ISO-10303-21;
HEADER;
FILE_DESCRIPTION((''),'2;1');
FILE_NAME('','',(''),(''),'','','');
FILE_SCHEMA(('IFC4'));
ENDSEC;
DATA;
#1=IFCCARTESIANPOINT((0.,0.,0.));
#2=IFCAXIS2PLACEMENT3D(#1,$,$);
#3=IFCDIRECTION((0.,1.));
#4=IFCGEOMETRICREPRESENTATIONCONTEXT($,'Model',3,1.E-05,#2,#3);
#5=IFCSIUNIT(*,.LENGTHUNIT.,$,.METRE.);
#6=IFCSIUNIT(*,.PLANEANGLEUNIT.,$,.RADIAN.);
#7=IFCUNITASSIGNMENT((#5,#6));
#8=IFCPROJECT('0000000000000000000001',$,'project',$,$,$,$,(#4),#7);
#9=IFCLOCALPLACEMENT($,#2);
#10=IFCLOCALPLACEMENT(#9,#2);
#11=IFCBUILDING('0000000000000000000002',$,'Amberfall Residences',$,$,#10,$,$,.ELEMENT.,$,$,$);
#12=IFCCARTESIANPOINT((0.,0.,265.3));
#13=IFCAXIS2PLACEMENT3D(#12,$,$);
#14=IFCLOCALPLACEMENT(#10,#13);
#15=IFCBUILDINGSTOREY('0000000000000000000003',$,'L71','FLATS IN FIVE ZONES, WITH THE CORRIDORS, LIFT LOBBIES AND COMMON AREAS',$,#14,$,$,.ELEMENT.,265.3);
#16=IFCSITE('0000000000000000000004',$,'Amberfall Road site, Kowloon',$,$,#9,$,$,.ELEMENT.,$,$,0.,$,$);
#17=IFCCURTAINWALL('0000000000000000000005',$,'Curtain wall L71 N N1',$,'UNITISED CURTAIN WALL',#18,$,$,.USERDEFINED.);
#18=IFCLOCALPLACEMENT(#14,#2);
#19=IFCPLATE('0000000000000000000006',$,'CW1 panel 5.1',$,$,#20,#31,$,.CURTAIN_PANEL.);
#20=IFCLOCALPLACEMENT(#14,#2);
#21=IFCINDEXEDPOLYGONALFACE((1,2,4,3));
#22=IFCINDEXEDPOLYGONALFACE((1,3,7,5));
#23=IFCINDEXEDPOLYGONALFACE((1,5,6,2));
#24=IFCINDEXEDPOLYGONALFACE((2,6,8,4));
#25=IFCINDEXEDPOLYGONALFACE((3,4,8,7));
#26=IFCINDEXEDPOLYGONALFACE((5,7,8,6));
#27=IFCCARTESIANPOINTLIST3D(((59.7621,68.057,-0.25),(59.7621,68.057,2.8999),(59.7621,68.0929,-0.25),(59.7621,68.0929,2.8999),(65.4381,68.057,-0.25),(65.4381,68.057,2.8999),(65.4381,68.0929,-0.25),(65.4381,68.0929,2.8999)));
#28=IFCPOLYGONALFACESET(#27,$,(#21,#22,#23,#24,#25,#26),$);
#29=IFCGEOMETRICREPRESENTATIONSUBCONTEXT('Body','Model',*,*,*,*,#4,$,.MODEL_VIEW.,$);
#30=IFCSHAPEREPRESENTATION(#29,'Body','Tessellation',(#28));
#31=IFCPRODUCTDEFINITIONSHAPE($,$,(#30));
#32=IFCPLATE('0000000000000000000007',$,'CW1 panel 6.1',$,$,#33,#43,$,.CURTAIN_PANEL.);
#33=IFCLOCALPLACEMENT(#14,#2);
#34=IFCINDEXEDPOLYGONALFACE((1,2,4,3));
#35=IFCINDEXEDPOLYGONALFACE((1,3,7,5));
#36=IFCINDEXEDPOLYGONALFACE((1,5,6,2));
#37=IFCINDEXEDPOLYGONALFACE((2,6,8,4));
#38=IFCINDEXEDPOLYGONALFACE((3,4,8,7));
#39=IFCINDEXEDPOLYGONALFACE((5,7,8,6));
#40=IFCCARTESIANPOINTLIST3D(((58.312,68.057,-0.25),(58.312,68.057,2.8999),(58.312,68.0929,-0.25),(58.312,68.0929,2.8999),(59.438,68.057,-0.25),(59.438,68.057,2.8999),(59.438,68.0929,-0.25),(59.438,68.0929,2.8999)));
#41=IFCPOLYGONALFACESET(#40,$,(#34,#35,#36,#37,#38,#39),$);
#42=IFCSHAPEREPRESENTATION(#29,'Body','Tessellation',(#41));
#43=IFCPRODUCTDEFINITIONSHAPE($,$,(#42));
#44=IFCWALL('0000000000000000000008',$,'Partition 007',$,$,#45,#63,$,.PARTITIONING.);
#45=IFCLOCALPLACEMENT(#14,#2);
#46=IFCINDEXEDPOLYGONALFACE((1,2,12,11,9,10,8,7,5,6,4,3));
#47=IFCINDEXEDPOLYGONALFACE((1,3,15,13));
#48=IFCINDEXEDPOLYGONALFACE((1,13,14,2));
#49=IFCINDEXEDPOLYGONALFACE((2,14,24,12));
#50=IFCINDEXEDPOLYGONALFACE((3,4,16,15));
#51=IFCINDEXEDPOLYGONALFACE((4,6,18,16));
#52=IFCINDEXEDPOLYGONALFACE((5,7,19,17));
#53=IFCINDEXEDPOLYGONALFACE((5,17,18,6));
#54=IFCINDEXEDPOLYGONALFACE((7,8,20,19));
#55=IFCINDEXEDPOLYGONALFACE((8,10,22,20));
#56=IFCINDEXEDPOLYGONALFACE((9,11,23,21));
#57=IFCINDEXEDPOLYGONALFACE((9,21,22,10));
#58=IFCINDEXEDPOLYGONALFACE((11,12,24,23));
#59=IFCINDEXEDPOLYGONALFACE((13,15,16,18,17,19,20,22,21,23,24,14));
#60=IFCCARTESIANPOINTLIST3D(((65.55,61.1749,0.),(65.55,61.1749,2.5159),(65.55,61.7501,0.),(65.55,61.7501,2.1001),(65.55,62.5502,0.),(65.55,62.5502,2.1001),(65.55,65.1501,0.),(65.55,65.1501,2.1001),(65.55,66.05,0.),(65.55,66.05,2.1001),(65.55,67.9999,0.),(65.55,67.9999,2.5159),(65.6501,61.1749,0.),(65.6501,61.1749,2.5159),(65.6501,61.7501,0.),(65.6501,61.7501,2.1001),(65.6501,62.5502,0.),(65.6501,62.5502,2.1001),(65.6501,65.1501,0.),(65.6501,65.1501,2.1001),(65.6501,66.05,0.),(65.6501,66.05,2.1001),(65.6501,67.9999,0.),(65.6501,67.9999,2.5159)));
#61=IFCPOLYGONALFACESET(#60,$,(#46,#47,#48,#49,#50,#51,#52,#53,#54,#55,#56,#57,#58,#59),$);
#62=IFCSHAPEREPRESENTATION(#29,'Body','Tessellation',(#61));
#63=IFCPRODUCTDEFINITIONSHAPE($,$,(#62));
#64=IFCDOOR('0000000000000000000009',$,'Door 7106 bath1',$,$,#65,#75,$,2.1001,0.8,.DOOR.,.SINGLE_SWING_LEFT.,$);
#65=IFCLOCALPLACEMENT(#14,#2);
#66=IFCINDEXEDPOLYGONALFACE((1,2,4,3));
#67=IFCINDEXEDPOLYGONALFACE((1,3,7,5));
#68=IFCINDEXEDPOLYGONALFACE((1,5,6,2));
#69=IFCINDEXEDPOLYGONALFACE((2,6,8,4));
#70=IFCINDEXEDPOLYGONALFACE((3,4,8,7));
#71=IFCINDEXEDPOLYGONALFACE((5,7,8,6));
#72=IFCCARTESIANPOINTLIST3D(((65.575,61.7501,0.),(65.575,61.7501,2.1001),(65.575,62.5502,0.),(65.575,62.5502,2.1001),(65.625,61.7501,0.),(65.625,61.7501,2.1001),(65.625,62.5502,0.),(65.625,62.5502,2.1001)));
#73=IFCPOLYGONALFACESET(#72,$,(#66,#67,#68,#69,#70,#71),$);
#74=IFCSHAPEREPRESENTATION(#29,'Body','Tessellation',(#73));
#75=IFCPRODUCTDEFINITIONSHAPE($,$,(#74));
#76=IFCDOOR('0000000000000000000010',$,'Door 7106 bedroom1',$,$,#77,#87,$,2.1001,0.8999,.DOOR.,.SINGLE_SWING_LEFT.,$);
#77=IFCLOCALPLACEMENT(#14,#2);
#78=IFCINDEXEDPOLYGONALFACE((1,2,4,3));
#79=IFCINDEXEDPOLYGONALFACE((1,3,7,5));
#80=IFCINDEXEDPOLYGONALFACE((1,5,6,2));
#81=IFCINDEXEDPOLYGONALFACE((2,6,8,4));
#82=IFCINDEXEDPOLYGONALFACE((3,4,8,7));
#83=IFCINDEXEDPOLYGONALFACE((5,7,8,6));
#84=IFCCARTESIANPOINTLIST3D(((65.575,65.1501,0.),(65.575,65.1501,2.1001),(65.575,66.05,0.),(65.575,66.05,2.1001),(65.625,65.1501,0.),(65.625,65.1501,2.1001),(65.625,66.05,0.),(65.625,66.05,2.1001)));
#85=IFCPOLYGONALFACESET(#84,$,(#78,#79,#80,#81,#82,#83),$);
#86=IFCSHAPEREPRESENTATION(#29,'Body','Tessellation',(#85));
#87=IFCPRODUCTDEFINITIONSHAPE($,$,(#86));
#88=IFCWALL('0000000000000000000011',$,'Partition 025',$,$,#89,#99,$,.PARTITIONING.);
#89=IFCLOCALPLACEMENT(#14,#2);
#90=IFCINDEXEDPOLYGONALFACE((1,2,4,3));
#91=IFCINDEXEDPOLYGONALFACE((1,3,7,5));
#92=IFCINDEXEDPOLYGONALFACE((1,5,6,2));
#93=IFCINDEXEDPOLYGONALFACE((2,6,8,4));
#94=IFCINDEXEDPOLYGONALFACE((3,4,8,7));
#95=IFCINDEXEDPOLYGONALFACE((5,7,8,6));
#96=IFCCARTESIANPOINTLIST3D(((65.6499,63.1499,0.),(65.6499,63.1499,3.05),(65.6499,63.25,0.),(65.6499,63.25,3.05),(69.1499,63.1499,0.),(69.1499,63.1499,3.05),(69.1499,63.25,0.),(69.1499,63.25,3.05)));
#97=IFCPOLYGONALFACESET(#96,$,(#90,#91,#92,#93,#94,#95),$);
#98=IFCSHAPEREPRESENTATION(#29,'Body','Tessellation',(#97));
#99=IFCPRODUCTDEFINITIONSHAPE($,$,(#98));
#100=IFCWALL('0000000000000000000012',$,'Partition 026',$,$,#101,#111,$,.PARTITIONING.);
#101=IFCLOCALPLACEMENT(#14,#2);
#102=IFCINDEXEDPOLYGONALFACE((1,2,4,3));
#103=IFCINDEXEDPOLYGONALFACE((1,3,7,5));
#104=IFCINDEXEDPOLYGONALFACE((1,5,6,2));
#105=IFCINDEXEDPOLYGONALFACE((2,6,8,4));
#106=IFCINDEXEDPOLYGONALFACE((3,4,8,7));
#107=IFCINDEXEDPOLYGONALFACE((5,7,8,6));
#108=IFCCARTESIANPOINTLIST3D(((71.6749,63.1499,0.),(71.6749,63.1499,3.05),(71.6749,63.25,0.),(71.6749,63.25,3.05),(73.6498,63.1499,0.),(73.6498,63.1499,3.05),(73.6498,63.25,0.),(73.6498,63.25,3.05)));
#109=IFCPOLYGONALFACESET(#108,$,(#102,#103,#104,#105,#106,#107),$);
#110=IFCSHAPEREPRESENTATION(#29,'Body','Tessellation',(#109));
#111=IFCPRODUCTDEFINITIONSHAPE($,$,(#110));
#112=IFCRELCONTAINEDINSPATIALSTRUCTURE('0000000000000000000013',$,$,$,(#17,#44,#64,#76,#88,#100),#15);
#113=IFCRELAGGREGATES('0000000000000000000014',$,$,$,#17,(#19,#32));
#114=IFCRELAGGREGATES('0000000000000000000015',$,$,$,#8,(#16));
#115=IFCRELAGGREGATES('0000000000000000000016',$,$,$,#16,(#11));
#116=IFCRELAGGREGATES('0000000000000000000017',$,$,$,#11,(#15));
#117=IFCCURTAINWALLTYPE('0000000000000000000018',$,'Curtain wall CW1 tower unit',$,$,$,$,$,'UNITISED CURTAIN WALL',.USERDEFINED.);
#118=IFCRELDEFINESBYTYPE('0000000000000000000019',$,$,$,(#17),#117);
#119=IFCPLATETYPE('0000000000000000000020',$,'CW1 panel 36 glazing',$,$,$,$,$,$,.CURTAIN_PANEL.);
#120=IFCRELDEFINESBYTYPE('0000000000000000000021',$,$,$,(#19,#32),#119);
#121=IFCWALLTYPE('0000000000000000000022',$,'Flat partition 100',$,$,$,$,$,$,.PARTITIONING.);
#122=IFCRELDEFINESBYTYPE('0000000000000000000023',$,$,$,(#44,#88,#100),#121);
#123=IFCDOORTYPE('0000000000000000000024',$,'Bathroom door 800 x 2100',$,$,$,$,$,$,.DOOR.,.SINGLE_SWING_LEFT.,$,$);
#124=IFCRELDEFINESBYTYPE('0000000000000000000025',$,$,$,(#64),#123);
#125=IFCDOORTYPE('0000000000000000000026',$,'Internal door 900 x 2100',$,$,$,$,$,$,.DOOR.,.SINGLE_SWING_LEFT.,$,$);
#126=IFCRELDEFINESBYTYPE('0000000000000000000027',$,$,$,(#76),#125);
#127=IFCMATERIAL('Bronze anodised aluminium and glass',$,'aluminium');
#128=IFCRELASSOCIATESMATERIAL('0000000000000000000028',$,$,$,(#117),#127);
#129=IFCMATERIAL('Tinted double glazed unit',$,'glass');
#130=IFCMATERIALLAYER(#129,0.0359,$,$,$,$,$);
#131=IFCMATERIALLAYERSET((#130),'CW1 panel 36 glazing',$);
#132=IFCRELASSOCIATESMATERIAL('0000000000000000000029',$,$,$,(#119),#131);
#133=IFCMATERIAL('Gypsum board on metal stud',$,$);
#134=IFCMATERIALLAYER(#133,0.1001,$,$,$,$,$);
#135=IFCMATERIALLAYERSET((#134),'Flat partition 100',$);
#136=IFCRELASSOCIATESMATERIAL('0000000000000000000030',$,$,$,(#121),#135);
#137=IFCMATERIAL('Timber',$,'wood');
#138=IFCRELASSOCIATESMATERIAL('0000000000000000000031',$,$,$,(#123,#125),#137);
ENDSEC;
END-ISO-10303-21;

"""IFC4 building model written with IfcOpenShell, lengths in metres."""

from ifc_helpers import new_model, si_unit, direction, frame, frame_2d, origin, origin_2d, place, context, subcontext, project, spatial, rectangle, extrude, material, layer, layer_set, type_object, element, fill, aggregate, save


model = new_model("IFC4")

# Units and contexts
model_context = context("Model", 3, precision=1e-05, world=origin(), true_north=direction((0.0, 1.0)))
body_context = subcontext(model_context, "Body", "Model", "MODEL_VIEW")
ifc_project = project(units=[si_unit("LENGTHUNIT", "METRE"), si_unit("PLANEANGLEUNIT", "RADIAN")], contexts=[model_context])

# Site, building, storey
site_placement = place(None, origin())
site = spatial("IfcSite", under=ifc_project, at=site_placement, Name="Amberfall Road site, Kowloon", CompositionType="ELEMENT", RefElevation=0.0)
building_placement = place(site_placement, origin())
building = spatial("IfcBuilding", under=site, at=building_placement, Name="Amberfall Residences", CompositionType="ELEMENT")
storey_placement = place(building_placement, frame((0.0, 0.0, 265.3)))
storey = spatial("IfcBuildingStorey", under=building, at=storey_placement, Name="L71", Description="FLATS IN FIVE ZONES, WITH THE CORRIDORS, LIFT LOBBIES AND COMMON AREAS", CompositionType="ELEMENT", Elevation=265.3)

# Curtain wall
ifc_material_1 = material(Name="Bronze anodised aluminium and glass", Category="aluminium")
curtain_wall_type = type_object("IfcCurtainWallType", Name="Curtain wall CW1 tower unit", ElementType="UNITISED CURTAIN WALL", PredefinedType="USERDEFINED", material=ifc_material_1)
curtain_wall_placement = place(storey_placement, origin())
curtain_wall = element("IfcCurtainWall", 1, at=curtain_wall_placement, inside=storey, type_object=curtain_wall_type, Name="Curtain wall L71 N N1", ObjectType="UNITISED CURTAIN WALL", PredefinedType="USERDEFINED")

# Plates
ifc_material_2 = material(Name="Tinted double glazed unit", Category="glass")
ifc_layer_1 = layer(ifc_material_2, 0.0359)
ifc_layer_set_1 = layer_set([ifc_layer_1], Name="CW1 panel 36 glazing")
plate_type = type_object("IfcPlateType", Name="CW1 panel 36 glazing", PredefinedType="CURTAIN_PANEL", material=ifc_layer_set_1)
plate_1_placement = place(storey_placement, frame((62.6001, 68.075, -0.25), z_axis=(0.0, 0.0, 1.0), x_axis=(-1.0, 0.0, 0.0)))
plate_1 = element("IfcPlate", 2, at=plate_1_placement, type_object=plate_type, Name="CW1 panel 5.1", PredefinedType="CURTAIN_PANEL", context=body_context, shape_type="SweptSolid", body=[
    extrude(rectangle(XDim=5.676, YDim=0.0359, at=origin_2d()), origin(), (0.0, 0.0, 1.0), 3.1499),
])
plate_2_placement = place(storey_placement, frame((58.875, 68.075, -0.25), z_axis=(0.0, 0.0, 1.0), x_axis=(-1.0, 0.0, 0.0)))
plate_2 = element("IfcPlate", 3, at=plate_2_placement, type_object=plate_type, Name="CW1 panel 6.1", PredefinedType="CURTAIN_PANEL", context=body_context, shape_type="SweptSolid", body=[
    extrude(rectangle(XDim=1.126, YDim=0.0359, at=origin_2d()), origin(), (0.0, 0.0, 1.0), 3.1499),
])
aggregate(curtain_wall, [plate_1, plate_2])

# Wall, openings, doors
ifc_material_3 = material(Name="Gypsum board on metal stud")
ifc_layer_2 = layer(ifc_material_3, 0.1001)
ifc_layer_set_2 = layer_set([ifc_layer_2], Name="Flat partition 100")
wall_type = type_object("IfcWallType", Name="Flat partition 100", PredefinedType="PARTITIONING", material=ifc_layer_set_2)
wall_1_placement = place(storey_placement, frame((65.6001, 68.0, 0.0), z_axis=(0.0, 0.0, 1.0), x_axis=(0.0, -1.0, 0.0)))
wall_1 = element("IfcWall", 4, at=wall_1_placement, inside=storey, type_object=wall_type, Name="Partition 007", PredefinedType="PARTITIONING", context=body_context, shape_type="SweptSolid", body=[
    extrude(rectangle(XDim=6.825, YDim=0.1001, at=frame_2d((3.4126, 0.0))), origin(), (0.0, 0.0, 1.0), 2.5159),
])
opening_1_placement = place(wall_1_placement, frame((1.95, 0.0, 0.0)))
opening_1 = element("IfcOpeningElement", 5, at=opening_1_placement, cuts=wall_1, PredefinedType="OPENING", context=body_context, shape_type="SweptSolid", body=[
    extrude(rectangle(XDim=0.8999, YDim=2.1001, at=frame_2d((0.45, 1.05))), frame((0.0, 0.0601, 0.0), z_axis=(0.0, -1.0, 0.0), x_axis=(1.0, 0.0, 0.0)), (0.0, 0.0, 1.0), 0.1201),
])
opening_2_placement = place(wall_1_placement, frame((5.45, 0.0, 0.0)))
opening_2 = element("IfcOpeningElement", 6, at=opening_2_placement, cuts=wall_1, PredefinedType="OPENING", context=body_context, shape_type="SweptSolid", body=[
    extrude(rectangle(XDim=0.8, YDim=2.1001, at=frame_2d((0.3999, 1.05))), frame((0.0, 0.0601, 0.0), z_axis=(0.0, -1.0, 0.0), x_axis=(1.0, 0.0, 0.0)), (0.0, 0.0, 1.0), 0.1201),
])
ifc_material_4 = material(Name="Timber", Category="wood")
door_type_1 = type_object("IfcDoorType", Name="Bathroom door 800 x 2100", OperationType="SINGLE_SWING_LEFT", PredefinedType="DOOR", material=ifc_material_4)
door_1_placement = place(opening_2_placement, origin())
door_1 = element("IfcDoor", 7, at=door_1_placement, inside=storey, type_object=door_type_1, Name="Door 7106 bath1", OperationType="SINGLE_SWING_LEFT", OverallHeight=2.1001, OverallWidth=0.8, PredefinedType="DOOR", context=body_context, shape_type="SweptSolid", body=[
    extrude(rectangle(XDim=0.8, YDim=2.1001, at=frame_2d((0.3999, 1.05))), frame((0.0, 0.0249, 0.0), z_axis=(0.0, -1.0, 0.0), x_axis=(1.0, 0.0, 0.0)), (0.0, 0.0, 1.0), 0.05),
])
fill(opening_2, door_1)
door_type_2 = type_object("IfcDoorType", Name="Internal door 900 x 2100", OperationType="SINGLE_SWING_LEFT", PredefinedType="DOOR", material=ifc_material_4)
door_2_placement = place(opening_1_placement, origin())
door_2 = element("IfcDoor", 8, at=door_2_placement, inside=storey, type_object=door_type_2, Name="Door 7106 bedroom1", OperationType="SINGLE_SWING_LEFT", OverallHeight=2.1001, OverallWidth=0.8999, PredefinedType="DOOR", context=body_context, shape_type="SweptSolid", body=[
    extrude(rectangle(XDim=0.8999, YDim=2.1001, at=frame_2d((0.45, 1.05))), frame((0.0, 0.0249, 0.0), z_axis=(0.0, -1.0, 0.0), x_axis=(1.0, 0.0, 0.0)), (0.0, 0.0, 1.0), 0.05),
])
fill(opening_1, door_2)

# Walls
wall_2_placement = place(storey_placement, frame((65.6499, 63.2, 0.0), z_axis=(0.0, 0.0, 1.0), x_axis=(1.0, 0.0, 0.0)))
element("IfcWall", 9, at=wall_2_placement, inside=storey, type_object=wall_type, Name="Partition 025", PredefinedType="PARTITIONING", context=body_context, shape_type="SweptSolid", body=[
    extrude(rectangle(XDim=3.5, YDim=0.1001, at=frame_2d((1.75, 0.0))), origin(), (0.0, 0.0, 1.0), 3.05),
])
wall_3_placement = place(storey_placement, frame((71.675, 63.2, 0.0), z_axis=(0.0, 0.0, 1.0), x_axis=(1.0, 0.0, 0.0)))
element("IfcWall", 10, at=wall_3_placement, inside=storey, type_object=wall_type, Name="Partition 026", PredefinedType="PARTITIONING", context=body_context, shape_type="SweptSolid", body=[
    extrude(rectangle(XDim=1.9749, YDim=0.1001, at=frame_2d((0.9873, 0.0))), origin(), (0.0, 0.0, 1.0), 3.05),
])

save(model, "model.ifc")
